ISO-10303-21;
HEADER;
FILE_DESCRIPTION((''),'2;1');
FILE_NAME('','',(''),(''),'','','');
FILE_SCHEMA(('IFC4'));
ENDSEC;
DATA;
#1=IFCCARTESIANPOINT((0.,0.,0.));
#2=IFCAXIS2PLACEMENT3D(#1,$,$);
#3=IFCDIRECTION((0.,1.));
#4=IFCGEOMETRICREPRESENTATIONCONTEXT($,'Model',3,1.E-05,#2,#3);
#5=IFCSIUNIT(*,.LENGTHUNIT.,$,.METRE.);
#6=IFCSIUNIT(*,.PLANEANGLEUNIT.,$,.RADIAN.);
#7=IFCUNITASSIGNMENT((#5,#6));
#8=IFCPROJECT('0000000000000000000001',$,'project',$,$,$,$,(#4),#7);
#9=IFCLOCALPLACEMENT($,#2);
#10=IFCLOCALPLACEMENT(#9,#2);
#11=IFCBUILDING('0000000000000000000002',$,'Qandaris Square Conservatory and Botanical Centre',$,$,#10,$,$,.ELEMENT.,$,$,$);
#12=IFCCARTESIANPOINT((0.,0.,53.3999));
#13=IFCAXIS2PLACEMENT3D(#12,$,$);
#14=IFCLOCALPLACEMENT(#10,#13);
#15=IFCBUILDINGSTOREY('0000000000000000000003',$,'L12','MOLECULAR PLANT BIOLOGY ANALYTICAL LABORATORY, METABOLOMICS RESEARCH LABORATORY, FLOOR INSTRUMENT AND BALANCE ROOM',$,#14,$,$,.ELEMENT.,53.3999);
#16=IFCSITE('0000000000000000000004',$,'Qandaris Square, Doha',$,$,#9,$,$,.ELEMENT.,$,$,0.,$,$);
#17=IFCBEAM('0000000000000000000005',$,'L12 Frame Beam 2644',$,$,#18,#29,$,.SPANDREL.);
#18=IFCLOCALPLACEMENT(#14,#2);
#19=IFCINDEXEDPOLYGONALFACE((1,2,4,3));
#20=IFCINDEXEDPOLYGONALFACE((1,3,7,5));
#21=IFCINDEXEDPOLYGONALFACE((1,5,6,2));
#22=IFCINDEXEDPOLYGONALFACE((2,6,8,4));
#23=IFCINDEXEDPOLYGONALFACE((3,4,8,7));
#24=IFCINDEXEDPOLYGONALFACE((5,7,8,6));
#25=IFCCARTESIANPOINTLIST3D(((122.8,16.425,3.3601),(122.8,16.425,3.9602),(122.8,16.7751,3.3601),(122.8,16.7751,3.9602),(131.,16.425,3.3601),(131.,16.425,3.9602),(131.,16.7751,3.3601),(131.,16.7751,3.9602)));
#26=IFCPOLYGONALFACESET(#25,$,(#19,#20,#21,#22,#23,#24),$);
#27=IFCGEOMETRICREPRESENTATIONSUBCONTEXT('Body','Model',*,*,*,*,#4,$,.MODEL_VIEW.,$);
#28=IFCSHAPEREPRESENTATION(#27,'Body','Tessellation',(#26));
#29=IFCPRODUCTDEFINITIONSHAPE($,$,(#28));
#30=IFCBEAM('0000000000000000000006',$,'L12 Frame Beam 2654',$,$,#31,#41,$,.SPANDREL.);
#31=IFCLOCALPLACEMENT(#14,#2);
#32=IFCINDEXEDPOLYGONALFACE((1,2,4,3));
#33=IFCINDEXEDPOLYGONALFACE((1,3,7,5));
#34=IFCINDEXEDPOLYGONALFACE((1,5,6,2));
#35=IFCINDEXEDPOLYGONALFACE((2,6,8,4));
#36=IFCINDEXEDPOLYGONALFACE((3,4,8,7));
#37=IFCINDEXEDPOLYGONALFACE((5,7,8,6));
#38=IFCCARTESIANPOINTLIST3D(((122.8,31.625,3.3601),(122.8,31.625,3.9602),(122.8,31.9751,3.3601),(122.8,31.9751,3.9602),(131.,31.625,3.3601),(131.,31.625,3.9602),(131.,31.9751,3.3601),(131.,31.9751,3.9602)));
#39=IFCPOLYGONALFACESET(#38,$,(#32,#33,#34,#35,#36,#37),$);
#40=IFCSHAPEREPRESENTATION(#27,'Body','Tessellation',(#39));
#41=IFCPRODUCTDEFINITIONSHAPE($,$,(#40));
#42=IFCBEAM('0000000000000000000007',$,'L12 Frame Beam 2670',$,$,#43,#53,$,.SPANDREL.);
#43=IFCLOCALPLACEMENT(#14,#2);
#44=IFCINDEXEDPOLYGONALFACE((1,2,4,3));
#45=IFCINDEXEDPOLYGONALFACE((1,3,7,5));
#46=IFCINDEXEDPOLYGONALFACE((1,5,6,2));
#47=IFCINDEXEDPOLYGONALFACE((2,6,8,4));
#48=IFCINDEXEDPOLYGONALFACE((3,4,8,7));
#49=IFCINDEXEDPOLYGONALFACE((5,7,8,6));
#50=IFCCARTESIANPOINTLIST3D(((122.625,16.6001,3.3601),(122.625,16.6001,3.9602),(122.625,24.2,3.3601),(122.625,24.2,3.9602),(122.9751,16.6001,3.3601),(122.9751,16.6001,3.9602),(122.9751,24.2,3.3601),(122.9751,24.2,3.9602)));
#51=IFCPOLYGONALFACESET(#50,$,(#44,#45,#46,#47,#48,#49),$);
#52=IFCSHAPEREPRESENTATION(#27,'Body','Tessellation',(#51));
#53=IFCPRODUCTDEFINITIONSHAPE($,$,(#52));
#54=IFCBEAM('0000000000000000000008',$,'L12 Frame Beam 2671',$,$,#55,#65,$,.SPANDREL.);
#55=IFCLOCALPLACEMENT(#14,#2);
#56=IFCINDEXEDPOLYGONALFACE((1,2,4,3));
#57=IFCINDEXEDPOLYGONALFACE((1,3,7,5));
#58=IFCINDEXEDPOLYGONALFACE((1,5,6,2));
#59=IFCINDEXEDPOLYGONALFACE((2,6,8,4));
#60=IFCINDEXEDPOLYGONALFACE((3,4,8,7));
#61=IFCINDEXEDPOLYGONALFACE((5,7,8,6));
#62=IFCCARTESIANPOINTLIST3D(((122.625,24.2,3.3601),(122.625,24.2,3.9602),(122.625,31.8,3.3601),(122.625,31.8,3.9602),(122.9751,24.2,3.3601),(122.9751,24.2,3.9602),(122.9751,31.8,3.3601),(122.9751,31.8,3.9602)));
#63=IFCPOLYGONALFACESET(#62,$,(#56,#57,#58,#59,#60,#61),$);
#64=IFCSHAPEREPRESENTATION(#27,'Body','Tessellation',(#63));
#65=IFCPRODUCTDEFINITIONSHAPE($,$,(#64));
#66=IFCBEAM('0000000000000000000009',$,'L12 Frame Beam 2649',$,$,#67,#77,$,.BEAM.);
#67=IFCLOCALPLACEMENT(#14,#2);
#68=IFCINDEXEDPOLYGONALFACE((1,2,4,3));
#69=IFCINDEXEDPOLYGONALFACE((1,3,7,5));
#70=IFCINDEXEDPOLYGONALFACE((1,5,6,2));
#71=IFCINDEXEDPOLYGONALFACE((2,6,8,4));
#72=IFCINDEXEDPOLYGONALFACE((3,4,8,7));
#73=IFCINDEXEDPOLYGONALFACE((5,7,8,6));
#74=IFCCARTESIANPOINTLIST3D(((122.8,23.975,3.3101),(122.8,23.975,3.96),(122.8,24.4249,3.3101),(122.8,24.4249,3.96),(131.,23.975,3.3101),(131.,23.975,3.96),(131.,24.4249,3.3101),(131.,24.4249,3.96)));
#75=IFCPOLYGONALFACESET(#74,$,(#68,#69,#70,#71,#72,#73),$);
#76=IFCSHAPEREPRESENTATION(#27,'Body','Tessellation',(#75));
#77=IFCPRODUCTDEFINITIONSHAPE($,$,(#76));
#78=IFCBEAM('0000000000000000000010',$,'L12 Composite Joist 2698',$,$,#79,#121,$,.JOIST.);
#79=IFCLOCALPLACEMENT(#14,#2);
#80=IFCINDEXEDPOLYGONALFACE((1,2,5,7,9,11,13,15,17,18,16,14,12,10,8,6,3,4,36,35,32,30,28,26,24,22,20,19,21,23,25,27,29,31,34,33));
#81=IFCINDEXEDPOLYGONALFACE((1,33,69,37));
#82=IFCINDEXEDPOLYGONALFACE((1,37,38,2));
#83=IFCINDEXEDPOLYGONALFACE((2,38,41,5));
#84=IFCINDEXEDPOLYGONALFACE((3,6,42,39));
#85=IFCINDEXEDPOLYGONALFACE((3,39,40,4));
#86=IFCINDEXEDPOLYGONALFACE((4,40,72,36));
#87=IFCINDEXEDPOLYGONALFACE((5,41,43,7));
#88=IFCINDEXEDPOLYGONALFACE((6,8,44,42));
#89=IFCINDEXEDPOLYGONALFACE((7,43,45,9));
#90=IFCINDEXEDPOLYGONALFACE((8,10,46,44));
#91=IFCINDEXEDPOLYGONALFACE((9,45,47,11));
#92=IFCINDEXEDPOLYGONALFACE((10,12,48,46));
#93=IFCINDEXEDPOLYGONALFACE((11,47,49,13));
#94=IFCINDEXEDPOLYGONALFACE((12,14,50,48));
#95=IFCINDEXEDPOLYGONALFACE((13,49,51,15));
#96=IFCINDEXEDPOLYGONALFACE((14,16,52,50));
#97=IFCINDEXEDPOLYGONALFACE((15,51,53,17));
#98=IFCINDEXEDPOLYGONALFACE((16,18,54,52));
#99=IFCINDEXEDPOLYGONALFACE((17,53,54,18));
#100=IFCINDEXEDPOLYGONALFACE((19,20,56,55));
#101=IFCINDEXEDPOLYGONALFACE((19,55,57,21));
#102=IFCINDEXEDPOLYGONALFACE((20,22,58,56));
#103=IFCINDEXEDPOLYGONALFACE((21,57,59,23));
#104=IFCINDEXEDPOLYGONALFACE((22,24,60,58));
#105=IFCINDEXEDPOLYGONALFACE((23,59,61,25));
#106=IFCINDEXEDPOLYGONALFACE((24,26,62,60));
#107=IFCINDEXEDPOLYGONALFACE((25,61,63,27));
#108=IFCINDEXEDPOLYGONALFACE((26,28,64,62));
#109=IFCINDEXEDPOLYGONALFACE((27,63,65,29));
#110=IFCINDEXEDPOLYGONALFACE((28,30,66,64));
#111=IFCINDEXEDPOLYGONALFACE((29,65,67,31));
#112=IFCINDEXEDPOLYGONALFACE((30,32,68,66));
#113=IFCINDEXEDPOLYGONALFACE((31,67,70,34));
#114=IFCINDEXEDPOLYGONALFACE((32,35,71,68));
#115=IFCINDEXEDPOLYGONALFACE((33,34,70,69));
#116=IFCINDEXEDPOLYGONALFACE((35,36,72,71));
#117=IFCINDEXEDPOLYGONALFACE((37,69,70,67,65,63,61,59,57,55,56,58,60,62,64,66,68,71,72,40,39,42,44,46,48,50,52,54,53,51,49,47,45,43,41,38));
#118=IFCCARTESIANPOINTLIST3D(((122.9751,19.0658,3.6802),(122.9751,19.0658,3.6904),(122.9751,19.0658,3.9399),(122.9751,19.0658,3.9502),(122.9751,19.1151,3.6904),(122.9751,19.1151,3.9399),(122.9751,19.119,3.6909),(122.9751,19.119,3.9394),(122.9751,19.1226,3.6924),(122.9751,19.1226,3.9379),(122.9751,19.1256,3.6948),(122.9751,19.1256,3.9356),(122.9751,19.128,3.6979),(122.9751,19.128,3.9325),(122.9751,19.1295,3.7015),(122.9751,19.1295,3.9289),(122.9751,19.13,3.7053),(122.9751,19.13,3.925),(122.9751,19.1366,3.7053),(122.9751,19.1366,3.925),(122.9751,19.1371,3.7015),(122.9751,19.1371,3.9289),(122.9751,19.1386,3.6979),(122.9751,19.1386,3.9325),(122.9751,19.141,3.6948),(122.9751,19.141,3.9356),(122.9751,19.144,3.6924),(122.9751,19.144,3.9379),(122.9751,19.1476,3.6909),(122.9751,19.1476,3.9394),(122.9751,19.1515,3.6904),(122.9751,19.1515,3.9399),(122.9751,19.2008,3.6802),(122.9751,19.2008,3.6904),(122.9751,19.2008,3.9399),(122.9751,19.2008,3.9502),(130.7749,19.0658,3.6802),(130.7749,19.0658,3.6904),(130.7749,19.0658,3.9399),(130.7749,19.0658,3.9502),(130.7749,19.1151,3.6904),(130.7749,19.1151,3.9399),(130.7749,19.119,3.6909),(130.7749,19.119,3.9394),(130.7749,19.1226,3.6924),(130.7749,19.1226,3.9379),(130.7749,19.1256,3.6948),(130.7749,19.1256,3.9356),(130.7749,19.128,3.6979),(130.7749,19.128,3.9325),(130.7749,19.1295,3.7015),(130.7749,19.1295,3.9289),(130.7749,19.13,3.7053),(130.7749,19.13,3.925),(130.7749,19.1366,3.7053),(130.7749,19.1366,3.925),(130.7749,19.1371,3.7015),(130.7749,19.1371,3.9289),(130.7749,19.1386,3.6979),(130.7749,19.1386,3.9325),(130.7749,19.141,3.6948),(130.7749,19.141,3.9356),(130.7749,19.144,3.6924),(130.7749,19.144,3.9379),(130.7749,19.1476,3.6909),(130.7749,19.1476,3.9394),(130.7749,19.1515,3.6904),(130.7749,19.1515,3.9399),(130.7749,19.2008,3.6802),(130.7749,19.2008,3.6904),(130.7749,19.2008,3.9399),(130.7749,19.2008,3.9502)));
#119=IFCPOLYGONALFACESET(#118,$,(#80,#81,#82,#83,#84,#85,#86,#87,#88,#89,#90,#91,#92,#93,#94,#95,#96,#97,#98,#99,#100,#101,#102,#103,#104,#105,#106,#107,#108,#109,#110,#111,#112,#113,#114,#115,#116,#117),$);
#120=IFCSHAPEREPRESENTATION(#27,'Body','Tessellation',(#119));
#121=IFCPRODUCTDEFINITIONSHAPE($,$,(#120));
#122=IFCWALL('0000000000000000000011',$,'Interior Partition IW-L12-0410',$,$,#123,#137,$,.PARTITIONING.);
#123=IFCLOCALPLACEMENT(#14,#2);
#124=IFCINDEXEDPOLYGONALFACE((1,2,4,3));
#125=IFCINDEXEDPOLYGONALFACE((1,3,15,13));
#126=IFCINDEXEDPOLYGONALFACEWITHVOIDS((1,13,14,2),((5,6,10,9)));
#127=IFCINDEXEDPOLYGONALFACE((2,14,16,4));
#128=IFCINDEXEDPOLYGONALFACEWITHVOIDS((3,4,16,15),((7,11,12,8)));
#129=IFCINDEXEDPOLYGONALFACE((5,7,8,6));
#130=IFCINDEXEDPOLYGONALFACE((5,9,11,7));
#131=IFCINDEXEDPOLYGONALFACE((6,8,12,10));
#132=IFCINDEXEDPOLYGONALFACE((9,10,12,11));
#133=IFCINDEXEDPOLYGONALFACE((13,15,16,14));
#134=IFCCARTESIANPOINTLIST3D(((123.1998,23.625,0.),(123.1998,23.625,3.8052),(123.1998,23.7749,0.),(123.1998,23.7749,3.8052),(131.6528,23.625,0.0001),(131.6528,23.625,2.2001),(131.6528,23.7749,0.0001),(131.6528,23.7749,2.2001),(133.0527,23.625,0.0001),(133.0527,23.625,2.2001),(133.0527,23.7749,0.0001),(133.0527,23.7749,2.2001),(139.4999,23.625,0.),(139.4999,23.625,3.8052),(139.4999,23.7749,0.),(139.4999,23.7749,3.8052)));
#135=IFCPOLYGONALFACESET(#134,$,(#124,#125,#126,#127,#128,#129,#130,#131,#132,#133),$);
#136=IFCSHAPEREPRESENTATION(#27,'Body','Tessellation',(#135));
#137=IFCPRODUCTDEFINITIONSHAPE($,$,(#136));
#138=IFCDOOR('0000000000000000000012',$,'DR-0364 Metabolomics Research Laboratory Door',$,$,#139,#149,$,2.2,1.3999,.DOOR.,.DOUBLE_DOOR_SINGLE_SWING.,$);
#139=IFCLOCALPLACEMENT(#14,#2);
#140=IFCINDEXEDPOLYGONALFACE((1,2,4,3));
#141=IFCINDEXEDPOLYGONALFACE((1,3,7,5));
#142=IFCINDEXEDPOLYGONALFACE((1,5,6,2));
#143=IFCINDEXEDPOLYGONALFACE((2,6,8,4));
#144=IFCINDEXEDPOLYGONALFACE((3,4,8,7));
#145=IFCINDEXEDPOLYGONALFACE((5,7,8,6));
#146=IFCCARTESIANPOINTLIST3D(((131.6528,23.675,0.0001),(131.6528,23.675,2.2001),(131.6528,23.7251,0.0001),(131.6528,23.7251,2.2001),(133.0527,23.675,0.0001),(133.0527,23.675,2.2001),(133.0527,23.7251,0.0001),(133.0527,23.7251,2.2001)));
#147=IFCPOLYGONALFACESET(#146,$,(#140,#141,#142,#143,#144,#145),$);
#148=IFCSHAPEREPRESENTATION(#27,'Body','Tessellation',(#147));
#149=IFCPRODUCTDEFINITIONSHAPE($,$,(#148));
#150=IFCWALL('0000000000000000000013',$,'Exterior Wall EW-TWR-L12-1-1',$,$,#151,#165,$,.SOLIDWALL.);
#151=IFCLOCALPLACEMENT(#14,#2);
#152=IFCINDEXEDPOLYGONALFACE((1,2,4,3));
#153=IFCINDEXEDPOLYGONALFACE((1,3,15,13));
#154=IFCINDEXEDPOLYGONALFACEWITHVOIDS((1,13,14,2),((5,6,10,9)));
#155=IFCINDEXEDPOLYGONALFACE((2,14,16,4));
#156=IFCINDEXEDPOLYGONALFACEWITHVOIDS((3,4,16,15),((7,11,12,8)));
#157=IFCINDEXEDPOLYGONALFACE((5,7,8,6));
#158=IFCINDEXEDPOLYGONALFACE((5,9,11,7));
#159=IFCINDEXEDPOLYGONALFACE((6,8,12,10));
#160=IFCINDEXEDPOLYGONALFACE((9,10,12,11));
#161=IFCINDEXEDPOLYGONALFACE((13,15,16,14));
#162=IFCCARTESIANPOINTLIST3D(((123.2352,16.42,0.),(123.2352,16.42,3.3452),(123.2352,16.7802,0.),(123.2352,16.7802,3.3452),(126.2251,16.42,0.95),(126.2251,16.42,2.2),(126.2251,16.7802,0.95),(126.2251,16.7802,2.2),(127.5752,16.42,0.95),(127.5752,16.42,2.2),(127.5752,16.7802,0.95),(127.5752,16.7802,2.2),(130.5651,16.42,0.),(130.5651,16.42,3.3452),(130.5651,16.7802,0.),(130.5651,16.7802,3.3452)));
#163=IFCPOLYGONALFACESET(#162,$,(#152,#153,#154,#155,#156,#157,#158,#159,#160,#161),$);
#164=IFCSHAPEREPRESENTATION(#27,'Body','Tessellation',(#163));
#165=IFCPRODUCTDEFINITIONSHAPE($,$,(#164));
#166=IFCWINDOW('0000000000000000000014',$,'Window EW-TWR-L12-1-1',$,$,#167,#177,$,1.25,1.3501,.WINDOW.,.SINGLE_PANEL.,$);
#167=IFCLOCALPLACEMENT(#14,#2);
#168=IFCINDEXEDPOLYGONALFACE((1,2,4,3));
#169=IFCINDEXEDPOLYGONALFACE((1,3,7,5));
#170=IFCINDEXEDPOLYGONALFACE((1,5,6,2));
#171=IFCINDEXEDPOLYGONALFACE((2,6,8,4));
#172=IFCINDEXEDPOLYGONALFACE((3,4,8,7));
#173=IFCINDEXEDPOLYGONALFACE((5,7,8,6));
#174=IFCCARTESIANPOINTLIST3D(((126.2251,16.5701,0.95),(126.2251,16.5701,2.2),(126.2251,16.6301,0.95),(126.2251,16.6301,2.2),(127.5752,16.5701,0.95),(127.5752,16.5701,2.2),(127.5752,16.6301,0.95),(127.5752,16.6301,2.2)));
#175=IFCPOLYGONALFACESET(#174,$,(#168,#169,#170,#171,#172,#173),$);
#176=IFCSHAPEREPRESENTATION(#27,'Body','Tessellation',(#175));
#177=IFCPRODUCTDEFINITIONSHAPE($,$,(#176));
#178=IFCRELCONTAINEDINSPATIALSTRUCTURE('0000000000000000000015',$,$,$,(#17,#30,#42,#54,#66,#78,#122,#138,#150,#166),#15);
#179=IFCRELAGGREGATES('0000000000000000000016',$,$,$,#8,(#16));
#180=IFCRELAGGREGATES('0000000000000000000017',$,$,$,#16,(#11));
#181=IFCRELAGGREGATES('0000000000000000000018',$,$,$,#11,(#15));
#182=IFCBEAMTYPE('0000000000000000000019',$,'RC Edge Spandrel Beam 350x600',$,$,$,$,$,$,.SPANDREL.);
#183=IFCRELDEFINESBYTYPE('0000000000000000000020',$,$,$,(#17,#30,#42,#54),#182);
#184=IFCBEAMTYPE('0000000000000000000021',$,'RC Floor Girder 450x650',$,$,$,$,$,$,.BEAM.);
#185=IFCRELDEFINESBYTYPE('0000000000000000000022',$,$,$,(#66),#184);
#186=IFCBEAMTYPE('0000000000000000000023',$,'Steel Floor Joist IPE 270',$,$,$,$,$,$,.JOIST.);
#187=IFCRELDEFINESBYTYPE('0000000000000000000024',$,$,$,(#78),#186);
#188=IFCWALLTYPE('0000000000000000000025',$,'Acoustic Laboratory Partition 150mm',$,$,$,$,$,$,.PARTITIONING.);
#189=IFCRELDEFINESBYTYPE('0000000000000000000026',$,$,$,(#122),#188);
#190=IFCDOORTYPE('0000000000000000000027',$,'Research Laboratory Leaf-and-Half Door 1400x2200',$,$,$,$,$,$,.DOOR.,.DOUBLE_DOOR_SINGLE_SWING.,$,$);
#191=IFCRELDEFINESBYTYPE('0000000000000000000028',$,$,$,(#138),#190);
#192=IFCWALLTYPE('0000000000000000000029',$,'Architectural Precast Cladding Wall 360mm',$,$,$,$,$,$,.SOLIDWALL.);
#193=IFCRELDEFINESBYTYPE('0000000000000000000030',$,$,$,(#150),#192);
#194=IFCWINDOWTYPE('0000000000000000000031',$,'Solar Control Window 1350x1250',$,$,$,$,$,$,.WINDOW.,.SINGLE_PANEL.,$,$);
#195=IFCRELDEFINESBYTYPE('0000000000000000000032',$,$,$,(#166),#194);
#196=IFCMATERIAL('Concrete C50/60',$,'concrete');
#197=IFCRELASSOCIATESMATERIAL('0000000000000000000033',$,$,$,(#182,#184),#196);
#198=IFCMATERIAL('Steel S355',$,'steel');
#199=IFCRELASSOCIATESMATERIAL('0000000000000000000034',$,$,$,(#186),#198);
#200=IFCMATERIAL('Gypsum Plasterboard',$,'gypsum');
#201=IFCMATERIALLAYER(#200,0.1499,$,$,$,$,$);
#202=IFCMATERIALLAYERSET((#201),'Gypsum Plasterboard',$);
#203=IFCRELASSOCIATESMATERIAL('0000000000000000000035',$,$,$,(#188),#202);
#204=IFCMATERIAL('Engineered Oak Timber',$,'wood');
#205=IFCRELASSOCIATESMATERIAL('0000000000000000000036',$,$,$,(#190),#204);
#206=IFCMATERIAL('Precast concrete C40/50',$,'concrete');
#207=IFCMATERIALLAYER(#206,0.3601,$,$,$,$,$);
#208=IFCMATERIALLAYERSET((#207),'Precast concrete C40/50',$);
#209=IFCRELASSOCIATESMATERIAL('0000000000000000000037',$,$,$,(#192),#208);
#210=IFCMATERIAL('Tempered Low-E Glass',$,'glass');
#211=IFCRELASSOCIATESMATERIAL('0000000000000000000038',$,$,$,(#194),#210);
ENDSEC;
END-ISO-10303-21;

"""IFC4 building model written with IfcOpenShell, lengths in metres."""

from ifc_helpers import new_model, si_unit, direction, frame, frame_2d, origin, origin_2d, place, context, subcontext, project, spatial, rectangle, i_section, extrude, material, layer, layer_set, material_profile, profile_set, type_object, element, fill, save


model = new_model("IFC4")

# Units and contexts
model_context = context("Model", 3, precision=1e-05, world=origin(), true_north=direction((0.0, 1.0)))
body_context = subcontext(model_context, "Body", "Model", "MODEL_VIEW")
ifc_project = project(units=[si_unit("LENGTHUNIT", "METRE"), si_unit("PLANEANGLEUNIT", "RADIAN")], contexts=[model_context])

# Site, building, storey
site_placement = place(None, origin())
site = spatial("IfcSite", under=ifc_project, at=site_placement, Name="Qandaris Square, Doha", CompositionType="ELEMENT", RefElevation=0.0)
building_placement = place(site_placement, origin())
building = spatial("IfcBuilding", under=site, at=building_placement, Name="Qandaris Square Conservatory and Botanical Centre", CompositionType="ELEMENT")
storey_placement = place(building_placement, frame((0.0, 0.0, 53.3999)))
storey = spatial("IfcBuildingStorey", under=building, at=storey_placement, Name="L12", Description="MOLECULAR PLANT BIOLOGY ANALYTICAL LABORATORY, METABOLOMICS RESEARCH LABORATORY, FLOOR INSTRUMENT AND BALANCE ROOM", CompositionType="ELEMENT", Elevation=53.3999)

# Shared definitions
ifc_material_1 = material(Name="Concrete C50/60", Category="concrete")

# Beams
ifc_material_2 = material(Name="Steel S355", Category="steel")
ifc_material_profile_1 = material_profile(ifc_material_1, rectangle(XDim=0.3501, YDim=0.6001, at=origin_2d()), Name="RC-SP 350x600")
ifc_profile_set_1 = profile_set([ifc_material_profile_1], Name="Concrete C50/60")
beam_type_1 = type_object("IfcBeamType", Name="RC Edge Spandrel Beam 350x600", PredefinedType="SPANDREL", material=ifc_profile_set_1)
for number, where, z_axis, x_axis, name in (
    (1, (122.8, 16.6001, 3.6602), (1.0, 0.0, 0.0), (0.0, 1.0, 0.0), "L12 Frame Beam 2644"),
    (2, (122.8, 31.8, 3.6602), (1.0, 0.0, 0.0), (0.0, 1.0, 0.0), "L12 Frame Beam 2654"),
):
    element("IfcBeam", number, at=place(storey_placement, frame(where, z_axis=z_axis, x_axis=x_axis)), inside=storey, type_object=beam_type_1, Name=name, PredefinedType="SPANDREL", context=body_context, shape_type="SweptSolid", body=[
        extrude(rectangle(XDim=0.3501, YDim=0.6001, at=origin_2d()), origin(), (0.0, 0.0, 1.0), 8.2),
    ])
beam_1_placement = place(storey_placement, frame((122.8, 16.6001, 3.6602), z_axis=(0.0, 1.0, 0.0), x_axis=(-1.0, 0.0, 0.0)))
element("IfcBeam", 3, at=beam_1_placement, inside=storey, type_object=beam_type_1, Name="L12 Frame Beam 2670", PredefinedType="SPANDREL", context=body_context, shape_type="SweptSolid", body=[
    extrude(rectangle(XDim=0.3501, YDim=0.6001, at=origin_2d()), origin(), (0.0, 0.0, 1.0), 7.5999),
])
beam_2_placement = place(storey_placement, frame((122.8, 24.2, 3.6602), z_axis=(0.0, 1.0, 0.0), x_axis=(-1.0, 0.0, 0.0)))
element("IfcBeam", 4, at=beam_2_placement, inside=storey, type_object=beam_type_1, Name="L12 Frame Beam 2671", PredefinedType="SPANDREL", context=body_context, shape_type="SweptSolid", body=[
    extrude(rectangle(XDim=0.3501, YDim=0.6001, at=origin_2d()), origin(), (0.0, 0.0, 1.0), 7.6001),
])
ifc_material_profile_2 = material_profile(ifc_material_1, rectangle(XDim=0.45, YDim=0.6499, at=origin_2d()), Name="RC-BM 450x650")
ifc_profile_set_2 = profile_set([ifc_material_profile_2], Name="Concrete C50/60")
beam_type_2 = type_object("IfcBeamType", Name="RC Floor Girder 450x650", PredefinedType="BEAM", material=ifc_profile_set_2)
beam_3_placement = place(storey_placement, frame((122.8, 24.2, 3.635), z_axis=(1.0, 0.0, 0.0), x_axis=(0.0, 1.0, 0.0)))
element("IfcBeam", 5, at=beam_3_placement, inside=storey, type_object=beam_type_2, Name="L12 Frame Beam 2649", PredefinedType="BEAM", context=body_context, shape_type="SweptSolid", body=[
    extrude(rectangle(XDim=0.45, YDim=0.6499, at=origin_2d()), origin(), (0.0, 0.0, 1.0), 8.2),
])
ifc_material_profile_3 = material_profile(ifc_material_2, i_section(OverallWidth=0.135, OverallDepth=0.27, WebThickness=0.0066, FlangeThickness=0.0103, FilletRadius=0.0149, at=origin_2d()), Name="IPE 270")
ifc_profile_set_3 = profile_set([ifc_material_profile_3], Name="Steel S355")
beam_type_3 = type_object("IfcBeamType", Name="Steel Floor Joist IPE 270", PredefinedType="JOIST", material=ifc_profile_set_3)
beam_4_placement = place(storey_placement, frame((122.9751, 19.1333, 3.8152), z_axis=(1.0, 0.0, 0.0), x_axis=(0.0, 1.0, 0.0)))
element("IfcBeam", 6, at=beam_4_placement, inside=storey, type_object=beam_type_3, Name="L12 Composite Joist 2698", PredefinedType="JOIST", context=body_context, shape_type="SweptSolid", body=[
    extrude(i_section(OverallWidth=0.135, OverallDepth=0.27, WebThickness=0.0066, FlangeThickness=0.0103, FilletRadius=0.0149, at=origin_2d()), origin(), (0.0, 0.0, 1.0), 7.7998),
])

# Wall, opening, door
ifc_material_3 = material(Name="Gypsum Plasterboard", Category="gypsum")
ifc_layer_1 = layer(ifc_material_3, 0.1499)
ifc_layer_set_1 = layer_set([ifc_layer_1], Name="Gypsum Plasterboard")
wall_type_1 = type_object("IfcWallType", Name="Acoustic Laboratory Partition 150mm", PredefinedType="PARTITIONING", material=ifc_layer_set_1)
wall_1_placement = place(storey_placement, frame((123.2, 23.7, 0.0), z_axis=(0.0, 0.0, 1.0), x_axis=(1.0, 0.0, 0.0)))
wall_1 = element("IfcWall", 7, at=wall_1_placement, inside=storey, type_object=wall_type_1, Name="Interior Partition IW-L12-0410", PredefinedType="PARTITIONING", context=body_context, shape_type="SweptSolid", body=[
    extrude(rectangle(XDim=16.3, YDim=0.1499, at=frame_2d((8.1499, 0.0))), origin(), (0.0, 0.0, 1.0), 3.8052),
])
opening_1_placement = place(wall_1_placement, frame((8.4529, 0.0, 0.0)))
opening_1 = element("IfcOpeningElement", 8, at=opening_1_placement, cuts=wall_1, PredefinedType="OPENING", context=body_context, shape_type="SweptSolid", body=[
    extrude(rectangle(XDim=1.3999, YDim=2.2, at=frame_2d((0.7, 1.1001))), frame((0.0, 0.0869, 0.0), z_axis=(0.0, -1.0, 0.0), x_axis=(1.0, 0.0, 0.0)), (0.0, 0.0, 1.0), 0.1738),
])
ifc_material_4 = material(Name="Engineered Oak Timber", Category="wood")
door_type = type_object("IfcDoorType", Name="Research Laboratory Leaf-and-Half Door 1400x2200", OperationType="DOUBLE_DOOR_SINGLE_SWING", PredefinedType="DOOR", material=ifc_material_4)
door_placement = place(opening_1_placement, frame((1.3999, 0.0, 0.0), z_axis=(0.0, 0.0, 1.0), x_axis=(-1.0, 0.0, 0.0)))
door = element("IfcDoor", 9, at=door_placement, inside=storey, type_object=door_type, Name="DR-0364 Metabolomics Research Laboratory Door", OperationType="DOUBLE_DOOR_SINGLE_SWING", OverallHeight=2.2, OverallWidth=1.3999, PredefinedType="DOOR", context=body_context, shape_type="SweptSolid", body=[
    extrude(rectangle(XDim=1.3999, YDim=2.2, at=frame_2d((0.7, 1.1001))), frame((0.0, 0.0249, 0.0), z_axis=(0.0, -1.0, 0.0), x_axis=(1.0, 0.0, 0.0)), (0.0, 0.0, 1.0), 0.05),
])
fill(opening_1, door)

# Wall, opening, window
ifc_material_5 = material(Name="Precast concrete C40/50", Category="concrete")
ifc_layer_2 = layer(ifc_material_5, 0.3601)
ifc_layer_set_2 = layer_set([ifc_layer_2], Name="Precast concrete C40/50")
wall_type_2 = type_object("IfcWallType", Name="Architectural Precast Cladding Wall 360mm", PredefinedType="SOLIDWALL", material=ifc_layer_set_2)
wall_2_placement = place(storey_placement, frame((123.2351, 16.6001, 0.0), z_axis=(0.0, 0.0, 1.0), x_axis=(1.0, 0.0, 0.0)))
wall_2 = element("IfcWall", 10, at=wall_2_placement, inside=storey, type_object=wall_type_2, Name="Exterior Wall EW-TWR-L12-1-1", PredefinedType="SOLIDWALL", context=body_context, shape_type="SweptSolid", body=[
    extrude(rectangle(XDim=7.3298, YDim=0.3601, at=frame_2d((3.665, 0.0))), origin(), (0.0, 0.0, 1.0), 3.3452),
])
opening_2_placement = place(wall_2_placement, frame((2.99, 0.0, 0.95)))
opening_2 = element("IfcOpeningElement", 11, at=opening_2_placement, cuts=wall_2, PredefinedType="OPENING", context=body_context, shape_type="SweptSolid", body=[
    extrude(rectangle(XDim=1.3501, YDim=1.25, at=frame_2d((0.675, 0.625))), frame((0.0, 0.1919, 0.0), z_axis=(0.0, -1.0, 0.0), x_axis=(1.0, 0.0, 0.0)), (0.0, 0.0, 1.0), 0.384),
])
ifc_material_6 = material(Name="Tempered Low-E Glass", Category="glass")
window_type_1 = type_object("IfcWindowType", Name="Solar Control Window 1350x1250", PartitioningType="SINGLE_PANEL", PredefinedType="WINDOW", material=ifc_material_6)
window_1_placement = place(opening_2_placement, origin())
window_1 = element("IfcWindow", 12, at=window_1_placement, inside=storey, type_object=window_type_1, Name="Window EW-TWR-L12-1-1", OverallHeight=1.25, OverallWidth=1.3501, PartitioningType="SINGLE_PANEL", PredefinedType="WINDOW", context=body_context, shape_type="SweptSolid", body=[
    extrude(rectangle(XDim=1.3501, YDim=1.25, at=frame_2d((0.675, 0.625))), frame((0.0, 0.03, 0.0), z_axis=(0.0, -1.0, 0.0), x_axis=(1.0, 0.0, 0.0)), (0.0, 0.0, 1.0), 0.0601),
])
fill(opening_2, window_1)

save(model, "model.ifc")
